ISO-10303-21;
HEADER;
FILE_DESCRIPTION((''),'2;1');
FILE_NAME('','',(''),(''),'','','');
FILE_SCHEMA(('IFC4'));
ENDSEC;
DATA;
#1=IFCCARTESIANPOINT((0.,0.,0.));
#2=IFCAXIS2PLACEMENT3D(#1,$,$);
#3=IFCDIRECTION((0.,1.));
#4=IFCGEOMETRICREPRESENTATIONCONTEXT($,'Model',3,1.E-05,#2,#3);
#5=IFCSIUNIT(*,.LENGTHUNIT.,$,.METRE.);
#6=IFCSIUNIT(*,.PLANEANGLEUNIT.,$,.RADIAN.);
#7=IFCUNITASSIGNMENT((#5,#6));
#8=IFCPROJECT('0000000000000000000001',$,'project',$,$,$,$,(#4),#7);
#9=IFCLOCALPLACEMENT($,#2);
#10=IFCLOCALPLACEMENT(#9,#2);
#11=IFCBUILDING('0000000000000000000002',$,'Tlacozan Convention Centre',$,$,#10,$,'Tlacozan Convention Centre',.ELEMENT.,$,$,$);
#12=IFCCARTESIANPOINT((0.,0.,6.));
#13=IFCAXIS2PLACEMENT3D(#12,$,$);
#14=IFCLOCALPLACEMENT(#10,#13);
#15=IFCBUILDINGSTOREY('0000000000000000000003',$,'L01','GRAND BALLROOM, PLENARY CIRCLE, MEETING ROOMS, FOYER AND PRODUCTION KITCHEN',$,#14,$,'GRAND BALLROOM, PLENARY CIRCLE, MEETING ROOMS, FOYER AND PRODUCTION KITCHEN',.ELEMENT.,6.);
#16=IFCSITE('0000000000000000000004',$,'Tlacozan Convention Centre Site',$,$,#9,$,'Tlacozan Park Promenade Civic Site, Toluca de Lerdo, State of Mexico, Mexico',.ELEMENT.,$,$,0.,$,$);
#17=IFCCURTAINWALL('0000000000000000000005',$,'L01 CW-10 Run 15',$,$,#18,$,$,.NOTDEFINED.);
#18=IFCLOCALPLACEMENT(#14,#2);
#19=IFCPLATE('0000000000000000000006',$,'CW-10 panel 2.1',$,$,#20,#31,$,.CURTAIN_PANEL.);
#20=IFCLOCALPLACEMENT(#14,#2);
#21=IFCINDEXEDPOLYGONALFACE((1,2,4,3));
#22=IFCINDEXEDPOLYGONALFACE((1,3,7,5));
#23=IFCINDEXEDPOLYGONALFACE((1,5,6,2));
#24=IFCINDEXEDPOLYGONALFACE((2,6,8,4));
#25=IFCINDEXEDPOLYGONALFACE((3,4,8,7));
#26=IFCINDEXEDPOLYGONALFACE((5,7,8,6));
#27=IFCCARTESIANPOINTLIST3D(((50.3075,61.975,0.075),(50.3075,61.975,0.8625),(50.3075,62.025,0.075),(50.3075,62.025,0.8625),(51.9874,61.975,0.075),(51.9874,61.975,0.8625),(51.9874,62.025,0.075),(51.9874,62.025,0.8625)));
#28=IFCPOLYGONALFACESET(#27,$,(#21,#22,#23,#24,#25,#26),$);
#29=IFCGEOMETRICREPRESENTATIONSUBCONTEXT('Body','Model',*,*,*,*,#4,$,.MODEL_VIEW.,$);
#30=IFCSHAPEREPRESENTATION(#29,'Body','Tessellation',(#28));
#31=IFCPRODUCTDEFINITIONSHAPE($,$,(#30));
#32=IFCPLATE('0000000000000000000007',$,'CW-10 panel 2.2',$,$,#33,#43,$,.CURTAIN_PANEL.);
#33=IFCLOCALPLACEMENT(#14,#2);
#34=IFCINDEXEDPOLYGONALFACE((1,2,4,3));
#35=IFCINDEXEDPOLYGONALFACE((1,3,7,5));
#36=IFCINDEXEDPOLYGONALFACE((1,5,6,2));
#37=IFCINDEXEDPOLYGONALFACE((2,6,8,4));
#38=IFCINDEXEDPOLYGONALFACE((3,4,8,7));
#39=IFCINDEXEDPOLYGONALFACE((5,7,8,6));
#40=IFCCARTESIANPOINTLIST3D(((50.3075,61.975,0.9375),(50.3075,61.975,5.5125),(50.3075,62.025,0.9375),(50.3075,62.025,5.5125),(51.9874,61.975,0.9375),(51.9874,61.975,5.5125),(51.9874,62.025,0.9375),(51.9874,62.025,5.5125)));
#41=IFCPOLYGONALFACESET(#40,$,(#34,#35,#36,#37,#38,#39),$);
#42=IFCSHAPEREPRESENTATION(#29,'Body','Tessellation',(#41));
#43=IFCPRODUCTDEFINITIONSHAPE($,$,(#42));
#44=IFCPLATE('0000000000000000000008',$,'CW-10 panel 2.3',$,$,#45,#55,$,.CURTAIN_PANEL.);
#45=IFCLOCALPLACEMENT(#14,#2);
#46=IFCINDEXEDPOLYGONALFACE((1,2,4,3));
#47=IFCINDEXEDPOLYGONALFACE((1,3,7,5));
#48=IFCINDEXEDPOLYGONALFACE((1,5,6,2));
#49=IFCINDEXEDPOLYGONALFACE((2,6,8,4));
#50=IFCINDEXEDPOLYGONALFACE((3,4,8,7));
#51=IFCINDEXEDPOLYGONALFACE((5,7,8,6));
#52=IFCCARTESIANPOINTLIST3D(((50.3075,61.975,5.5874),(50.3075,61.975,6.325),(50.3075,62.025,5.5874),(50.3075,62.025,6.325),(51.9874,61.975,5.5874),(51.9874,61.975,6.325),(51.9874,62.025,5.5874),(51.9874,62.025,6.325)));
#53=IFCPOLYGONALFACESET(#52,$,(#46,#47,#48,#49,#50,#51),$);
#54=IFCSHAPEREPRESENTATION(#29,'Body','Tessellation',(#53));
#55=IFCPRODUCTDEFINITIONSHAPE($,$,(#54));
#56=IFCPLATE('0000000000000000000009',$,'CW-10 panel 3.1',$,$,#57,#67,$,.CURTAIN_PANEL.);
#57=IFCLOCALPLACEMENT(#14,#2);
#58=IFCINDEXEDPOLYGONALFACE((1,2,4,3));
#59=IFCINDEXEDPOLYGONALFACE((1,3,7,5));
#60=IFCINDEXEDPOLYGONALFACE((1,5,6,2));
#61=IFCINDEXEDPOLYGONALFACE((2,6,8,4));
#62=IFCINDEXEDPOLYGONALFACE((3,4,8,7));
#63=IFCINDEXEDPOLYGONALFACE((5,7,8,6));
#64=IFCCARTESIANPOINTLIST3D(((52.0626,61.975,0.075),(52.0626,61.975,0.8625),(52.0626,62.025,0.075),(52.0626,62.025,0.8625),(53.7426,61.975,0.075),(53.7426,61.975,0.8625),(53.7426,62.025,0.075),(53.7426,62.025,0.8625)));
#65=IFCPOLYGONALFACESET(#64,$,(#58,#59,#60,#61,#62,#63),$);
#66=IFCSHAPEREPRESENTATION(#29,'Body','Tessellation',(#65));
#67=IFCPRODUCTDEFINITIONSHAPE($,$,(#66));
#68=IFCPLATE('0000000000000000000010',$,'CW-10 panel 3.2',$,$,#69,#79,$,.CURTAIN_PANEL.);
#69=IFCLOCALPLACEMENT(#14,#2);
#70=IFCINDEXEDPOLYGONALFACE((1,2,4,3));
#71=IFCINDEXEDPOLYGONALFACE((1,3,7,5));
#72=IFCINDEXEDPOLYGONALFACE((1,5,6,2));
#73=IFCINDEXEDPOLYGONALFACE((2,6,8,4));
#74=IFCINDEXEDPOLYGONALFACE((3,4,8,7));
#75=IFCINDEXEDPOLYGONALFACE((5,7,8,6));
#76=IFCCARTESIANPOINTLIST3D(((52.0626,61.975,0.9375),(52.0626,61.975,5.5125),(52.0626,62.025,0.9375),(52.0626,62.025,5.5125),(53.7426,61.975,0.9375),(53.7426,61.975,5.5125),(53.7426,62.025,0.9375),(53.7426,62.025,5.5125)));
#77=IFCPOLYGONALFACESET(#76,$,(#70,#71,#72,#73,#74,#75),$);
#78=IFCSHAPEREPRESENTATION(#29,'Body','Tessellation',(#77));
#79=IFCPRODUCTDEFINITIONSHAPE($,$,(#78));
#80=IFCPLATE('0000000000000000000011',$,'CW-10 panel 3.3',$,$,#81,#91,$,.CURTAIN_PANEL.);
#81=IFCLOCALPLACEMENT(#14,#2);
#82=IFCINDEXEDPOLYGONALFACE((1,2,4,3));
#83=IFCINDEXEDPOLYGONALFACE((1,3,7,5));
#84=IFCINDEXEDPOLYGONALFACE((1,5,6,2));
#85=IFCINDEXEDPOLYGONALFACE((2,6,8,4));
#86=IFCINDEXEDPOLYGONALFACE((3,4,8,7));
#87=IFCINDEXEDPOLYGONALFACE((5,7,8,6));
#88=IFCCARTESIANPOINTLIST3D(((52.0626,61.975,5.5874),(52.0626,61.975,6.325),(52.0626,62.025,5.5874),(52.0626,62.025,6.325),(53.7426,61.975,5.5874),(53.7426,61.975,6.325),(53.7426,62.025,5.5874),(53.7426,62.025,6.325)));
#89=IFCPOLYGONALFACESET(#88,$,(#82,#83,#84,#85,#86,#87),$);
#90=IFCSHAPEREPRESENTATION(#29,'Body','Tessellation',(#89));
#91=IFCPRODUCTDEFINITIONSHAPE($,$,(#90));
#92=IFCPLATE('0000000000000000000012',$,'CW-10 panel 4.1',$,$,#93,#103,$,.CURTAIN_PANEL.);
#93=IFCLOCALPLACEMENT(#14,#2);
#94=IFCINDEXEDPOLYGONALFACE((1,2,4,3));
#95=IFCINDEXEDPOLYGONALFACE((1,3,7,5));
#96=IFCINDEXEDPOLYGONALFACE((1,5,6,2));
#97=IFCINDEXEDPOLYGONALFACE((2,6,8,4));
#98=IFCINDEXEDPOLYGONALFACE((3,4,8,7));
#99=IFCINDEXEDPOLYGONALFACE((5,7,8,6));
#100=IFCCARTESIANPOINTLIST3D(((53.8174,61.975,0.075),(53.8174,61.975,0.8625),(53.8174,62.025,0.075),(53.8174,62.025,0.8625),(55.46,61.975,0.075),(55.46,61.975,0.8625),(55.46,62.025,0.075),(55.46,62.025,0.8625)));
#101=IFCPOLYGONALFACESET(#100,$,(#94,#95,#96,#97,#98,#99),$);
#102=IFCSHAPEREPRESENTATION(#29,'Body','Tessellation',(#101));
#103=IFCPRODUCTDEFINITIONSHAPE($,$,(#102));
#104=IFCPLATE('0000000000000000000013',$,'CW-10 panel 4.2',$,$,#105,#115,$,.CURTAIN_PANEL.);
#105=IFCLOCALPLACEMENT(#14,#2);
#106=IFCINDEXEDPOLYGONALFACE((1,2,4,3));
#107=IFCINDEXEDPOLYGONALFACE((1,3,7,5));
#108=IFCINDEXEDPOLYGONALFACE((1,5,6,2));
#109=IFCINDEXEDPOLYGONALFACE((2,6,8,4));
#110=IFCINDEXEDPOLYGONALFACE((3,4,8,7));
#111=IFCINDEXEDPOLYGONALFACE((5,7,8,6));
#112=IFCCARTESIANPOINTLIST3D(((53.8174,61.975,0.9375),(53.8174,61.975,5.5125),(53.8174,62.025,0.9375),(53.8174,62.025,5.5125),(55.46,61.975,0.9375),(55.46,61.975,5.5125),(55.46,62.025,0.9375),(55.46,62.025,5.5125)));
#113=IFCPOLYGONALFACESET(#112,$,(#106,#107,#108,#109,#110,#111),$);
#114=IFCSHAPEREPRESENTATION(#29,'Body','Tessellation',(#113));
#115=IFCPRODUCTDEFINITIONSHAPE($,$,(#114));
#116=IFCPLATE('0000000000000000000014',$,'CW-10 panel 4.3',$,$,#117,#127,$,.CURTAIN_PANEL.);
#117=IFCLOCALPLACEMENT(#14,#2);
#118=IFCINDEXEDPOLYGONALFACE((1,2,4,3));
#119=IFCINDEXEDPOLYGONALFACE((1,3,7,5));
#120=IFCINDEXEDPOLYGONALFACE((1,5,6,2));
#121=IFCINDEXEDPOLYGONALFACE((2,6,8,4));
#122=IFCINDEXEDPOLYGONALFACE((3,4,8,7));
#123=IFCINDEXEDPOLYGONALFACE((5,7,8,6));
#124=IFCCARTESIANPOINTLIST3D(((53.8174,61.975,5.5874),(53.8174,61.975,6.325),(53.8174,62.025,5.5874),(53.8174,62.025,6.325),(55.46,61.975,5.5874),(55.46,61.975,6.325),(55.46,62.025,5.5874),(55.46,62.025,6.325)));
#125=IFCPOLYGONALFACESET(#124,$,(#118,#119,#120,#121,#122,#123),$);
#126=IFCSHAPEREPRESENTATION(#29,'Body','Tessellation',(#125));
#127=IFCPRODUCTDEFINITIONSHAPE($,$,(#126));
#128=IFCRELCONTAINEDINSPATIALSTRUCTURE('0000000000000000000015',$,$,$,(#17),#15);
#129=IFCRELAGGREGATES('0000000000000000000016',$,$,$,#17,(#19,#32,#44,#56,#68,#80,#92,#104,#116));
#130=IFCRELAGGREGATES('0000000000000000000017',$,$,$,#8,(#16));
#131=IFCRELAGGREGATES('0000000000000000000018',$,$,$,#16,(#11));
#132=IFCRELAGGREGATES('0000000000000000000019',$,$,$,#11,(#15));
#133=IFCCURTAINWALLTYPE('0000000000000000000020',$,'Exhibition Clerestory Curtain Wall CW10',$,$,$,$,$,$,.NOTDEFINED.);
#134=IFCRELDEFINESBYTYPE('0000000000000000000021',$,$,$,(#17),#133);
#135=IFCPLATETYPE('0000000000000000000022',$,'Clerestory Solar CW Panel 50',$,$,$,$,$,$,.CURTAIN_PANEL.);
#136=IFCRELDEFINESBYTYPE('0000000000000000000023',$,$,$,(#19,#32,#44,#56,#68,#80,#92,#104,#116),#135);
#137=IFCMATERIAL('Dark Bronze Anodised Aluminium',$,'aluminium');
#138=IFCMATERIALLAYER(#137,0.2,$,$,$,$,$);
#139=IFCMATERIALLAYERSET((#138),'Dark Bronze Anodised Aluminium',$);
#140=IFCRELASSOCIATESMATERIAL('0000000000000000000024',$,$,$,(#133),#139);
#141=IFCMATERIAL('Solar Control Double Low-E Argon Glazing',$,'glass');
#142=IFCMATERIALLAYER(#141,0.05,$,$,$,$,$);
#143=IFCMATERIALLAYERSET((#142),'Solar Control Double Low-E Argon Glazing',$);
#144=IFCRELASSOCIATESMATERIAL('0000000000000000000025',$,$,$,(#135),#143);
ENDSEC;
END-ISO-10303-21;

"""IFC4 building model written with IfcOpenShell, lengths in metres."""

from ifc_helpers import new_model, si_unit, direction, frame, origin, origin_2d, place, context, subcontext, project, spatial, rectangle, extrude, material, layer, layer_set, type_object, element, aggregate, save


model = new_model("IFC4")

# Units and contexts
model_context = context("Model", 3, precision=1e-05, world=origin(), true_north=direction((0.0, 1.0)))
body_context = subcontext(model_context, "Body", "Model", "MODEL_VIEW")
ifc_project = project(units=[si_unit("LENGTHUNIT", "METRE"), si_unit("PLANEANGLEUNIT", "RADIAN")], contexts=[model_context])

# Site, building, storey
site_placement = place(None, origin())
site = spatial("IfcSite", under=ifc_project, at=site_placement, Name="Tlacozan Convention Centre Site", LongName="Tlacozan Park Promenade Civic Site, Toluca de Lerdo, State of Mexico, Mexico", CompositionType="ELEMENT", RefElevation=0.0)
building_placement = place(site_placement, origin())
building = spatial("IfcBuilding", under=site, at=building_placement, Name="Tlacozan Convention Centre", LongName="Tlacozan Convention Centre", CompositionType="ELEMENT")
storey_placement = place(building_placement, frame((0.0, 0.0, 6.0)))
storey = spatial("IfcBuildingStorey", under=building, at=storey_placement, Name="L01", Description="GRAND BALLROOM, PLENARY CIRCLE, MEETING ROOMS, FOYER AND PRODUCTION KITCHEN", LongName="GRAND BALLROOM, PLENARY CIRCLE, MEETING ROOMS, FOYER AND PRODUCTION KITCHEN", CompositionType="ELEMENT", Elevation=6.0)

# Curtain wall
ifc_material_1 = material(Name="Dark Bronze Anodised Aluminium", Category="aluminium")
ifc_layer_1 = layer(ifc_material_1, 0.2)
ifc_layer_set_1 = layer_set([ifc_layer_1], Name="Dark Bronze Anodised Aluminium")
curtain_wall_type = type_object("IfcCurtainWallType", Name="Exhibition Clerestory Curtain Wall CW10", PredefinedType="NOTDEFINED", material=ifc_layer_set_1)
curtain_wall_1_placement = place(storey_placement, origin())
curtain_wall_1 = element("IfcCurtainWall", 1, at=curtain_wall_1_placement, inside=storey, type_object=curtain_wall_type, Name="L01 CW-10 Run 15", PredefinedType="NOTDEFINED")

# Plates
ifc_material_2 = material(Name="Solar Control Double Low-E Argon Glazing", Category="glass")
ifc_layer_2 = layer(ifc_material_2, 0.05)
ifc_layer_set_2 = layer_set([ifc_layer_2], Name="Solar Control Double Low-E Argon Glazing")
plate_type = type_object("IfcPlateType", Name="Clerestory Solar CW Panel 50", PredefinedType="CURTAIN_PANEL", material=ifc_layer_set_2)
plate_1_placement = place(storey_placement, frame((51.1475, 62.0, 0.075), z_axis=(0.0, 0.0, 1.0), x_axis=(1.0, 0.0, 0.0)))
plate_1 = element("IfcPlate", 2, at=plate_1_placement, type_object=plate_type, Name="CW-10 panel 2.1", PredefinedType="CURTAIN_PANEL", context=body_context, shape_type="SweptSolid", body=[
    extrude(rectangle(XDim=1.6799, YDim=0.05, at=origin_2d()), origin(), (0.0, 0.0, 1.0), 0.7876),
])
plate_2_placement = place(storey_placement, frame((51.1475, 62.0, 0.9375), z_axis=(0.0, 0.0, 1.0), x_axis=(1.0, 0.0, 0.0)))
plate_2 = element("IfcPlate", 3, at=plate_2_placement, type_object=plate_type, Name="CW-10 panel 2.2", PredefinedType="CURTAIN_PANEL", context=body_context, shape_type="SweptSolid", body=[
    extrude(rectangle(XDim=1.6799, YDim=0.05, at=origin_2d()), origin(), (0.0, 0.0, 1.0), 4.575),
])
plate_3_placement = place(storey_placement, frame((51.1475, 62.0, 5.5874), z_axis=(0.0, 0.0, 1.0), x_axis=(1.0, 0.0, 0.0)))
plate_3 = element("IfcPlate", 4, at=plate_3_placement, type_object=plate_type, Name="CW-10 panel 2.3", PredefinedType="CURTAIN_PANEL", context=body_context, shape_type="SweptSolid", body=[
    extrude(rectangle(XDim=1.6799, YDim=0.05, at=origin_2d()), origin(), (0.0, 0.0, 1.0), 0.7375),
])
plate_4_placement = place(storey_placement, frame((52.9026, 62.0, 0.075), z_axis=(0.0, 0.0, 1.0), x_axis=(1.0, 0.0, 0.0)))
plate_4 = element("IfcPlate", 5, at=plate_4_placement, type_object=plate_type, Name="CW-10 panel 3.1", PredefinedType="CURTAIN_PANEL", context=body_context, shape_type="SweptSolid", body=[
    extrude(rectangle(XDim=1.6799, YDim=0.05, at=origin_2d()), origin(), (0.0, 0.0, 1.0), 0.7876),
])
plate_5_placement = place(storey_placement, frame((52.9026, 62.0, 0.9375), z_axis=(0.0, 0.0, 1.0), x_axis=(1.0, 0.0, 0.0)))
plate_5 = element("IfcPlate", 6, at=plate_5_placement, type_object=plate_type, Name="CW-10 panel 3.2", PredefinedType="CURTAIN_PANEL", context=body_context, shape_type="SweptSolid", body=[
    extrude(rectangle(XDim=1.6799, YDim=0.05, at=origin_2d()), origin(), (0.0, 0.0, 1.0), 4.575),
])
plate_6_placement = place(storey_placement, frame((52.9026, 62.0, 5.5874), z_axis=(0.0, 0.0, 1.0), x_axis=(1.0, 0.0, 0.0)))
plate_6 = element("IfcPlate", 7, at=plate_6_placement, type_object=plate_type, Name="CW-10 panel 3.3", PredefinedType="CURTAIN_PANEL", context=body_context, shape_type="SweptSolid", body=[
    extrude(rectangle(XDim=1.6799, YDim=0.05, at=origin_2d()), origin(), (0.0, 0.0, 1.0), 0.7375),
])
plate_7_placement = place(storey_placement, frame((54.6387, 62.0, 0.075), z_axis=(0.0, 0.0, 1.0), x_axis=(1.0, 0.0, 0.0)))
plate_7 = element("IfcPlate", 8, at=plate_7_placement, type_object=plate_type, Name="CW-10 panel 4.1", PredefinedType="CURTAIN_PANEL", context=body_context, shape_type="SweptSolid", body=[
    extrude(rectangle(XDim=1.6426, YDim=0.05, at=origin_2d()), origin(), (0.0, 0.0, 1.0), 0.7876),
])
plate_8_placement = place(storey_placement, frame((54.6387, 62.0, 0.9375), z_axis=(0.0, 0.0, 1.0), x_axis=(1.0, 0.0, 0.0)))
plate_8 = element("IfcPlate", 9, at=plate_8_placement, type_object=plate_type, Name="CW-10 panel 4.2", PredefinedType="CURTAIN_PANEL", context=body_context, shape_type="SweptSolid", body=[
    extrude(rectangle(XDim=1.6426, YDim=0.05, at=origin_2d()), origin(), (0.0, 0.0, 1.0), 4.575),
])
plate_9_placement = place(storey_placement, frame((54.6387, 62.0, 5.5874), z_axis=(0.0, 0.0, 1.0), x_axis=(1.0, 0.0, 0.0)))
plate_9 = element("IfcPlate", 10, at=plate_9_placement, type_object=plate_type, Name="CW-10 panel 4.3", PredefinedType="CURTAIN_PANEL", context=body_context, shape_type="SweptSolid", body=[
    extrude(rectangle(XDim=1.6426, YDim=0.05, at=origin_2d()), origin(), (0.0, 0.0, 1.0), 0.7375),
])
aggregate(curtain_wall_1, [plate_1, plate_2, plate_3, plate_4, plate_5, plate_6, plate_7, plate_8, plate_9])

save(model, "model.ifc")
